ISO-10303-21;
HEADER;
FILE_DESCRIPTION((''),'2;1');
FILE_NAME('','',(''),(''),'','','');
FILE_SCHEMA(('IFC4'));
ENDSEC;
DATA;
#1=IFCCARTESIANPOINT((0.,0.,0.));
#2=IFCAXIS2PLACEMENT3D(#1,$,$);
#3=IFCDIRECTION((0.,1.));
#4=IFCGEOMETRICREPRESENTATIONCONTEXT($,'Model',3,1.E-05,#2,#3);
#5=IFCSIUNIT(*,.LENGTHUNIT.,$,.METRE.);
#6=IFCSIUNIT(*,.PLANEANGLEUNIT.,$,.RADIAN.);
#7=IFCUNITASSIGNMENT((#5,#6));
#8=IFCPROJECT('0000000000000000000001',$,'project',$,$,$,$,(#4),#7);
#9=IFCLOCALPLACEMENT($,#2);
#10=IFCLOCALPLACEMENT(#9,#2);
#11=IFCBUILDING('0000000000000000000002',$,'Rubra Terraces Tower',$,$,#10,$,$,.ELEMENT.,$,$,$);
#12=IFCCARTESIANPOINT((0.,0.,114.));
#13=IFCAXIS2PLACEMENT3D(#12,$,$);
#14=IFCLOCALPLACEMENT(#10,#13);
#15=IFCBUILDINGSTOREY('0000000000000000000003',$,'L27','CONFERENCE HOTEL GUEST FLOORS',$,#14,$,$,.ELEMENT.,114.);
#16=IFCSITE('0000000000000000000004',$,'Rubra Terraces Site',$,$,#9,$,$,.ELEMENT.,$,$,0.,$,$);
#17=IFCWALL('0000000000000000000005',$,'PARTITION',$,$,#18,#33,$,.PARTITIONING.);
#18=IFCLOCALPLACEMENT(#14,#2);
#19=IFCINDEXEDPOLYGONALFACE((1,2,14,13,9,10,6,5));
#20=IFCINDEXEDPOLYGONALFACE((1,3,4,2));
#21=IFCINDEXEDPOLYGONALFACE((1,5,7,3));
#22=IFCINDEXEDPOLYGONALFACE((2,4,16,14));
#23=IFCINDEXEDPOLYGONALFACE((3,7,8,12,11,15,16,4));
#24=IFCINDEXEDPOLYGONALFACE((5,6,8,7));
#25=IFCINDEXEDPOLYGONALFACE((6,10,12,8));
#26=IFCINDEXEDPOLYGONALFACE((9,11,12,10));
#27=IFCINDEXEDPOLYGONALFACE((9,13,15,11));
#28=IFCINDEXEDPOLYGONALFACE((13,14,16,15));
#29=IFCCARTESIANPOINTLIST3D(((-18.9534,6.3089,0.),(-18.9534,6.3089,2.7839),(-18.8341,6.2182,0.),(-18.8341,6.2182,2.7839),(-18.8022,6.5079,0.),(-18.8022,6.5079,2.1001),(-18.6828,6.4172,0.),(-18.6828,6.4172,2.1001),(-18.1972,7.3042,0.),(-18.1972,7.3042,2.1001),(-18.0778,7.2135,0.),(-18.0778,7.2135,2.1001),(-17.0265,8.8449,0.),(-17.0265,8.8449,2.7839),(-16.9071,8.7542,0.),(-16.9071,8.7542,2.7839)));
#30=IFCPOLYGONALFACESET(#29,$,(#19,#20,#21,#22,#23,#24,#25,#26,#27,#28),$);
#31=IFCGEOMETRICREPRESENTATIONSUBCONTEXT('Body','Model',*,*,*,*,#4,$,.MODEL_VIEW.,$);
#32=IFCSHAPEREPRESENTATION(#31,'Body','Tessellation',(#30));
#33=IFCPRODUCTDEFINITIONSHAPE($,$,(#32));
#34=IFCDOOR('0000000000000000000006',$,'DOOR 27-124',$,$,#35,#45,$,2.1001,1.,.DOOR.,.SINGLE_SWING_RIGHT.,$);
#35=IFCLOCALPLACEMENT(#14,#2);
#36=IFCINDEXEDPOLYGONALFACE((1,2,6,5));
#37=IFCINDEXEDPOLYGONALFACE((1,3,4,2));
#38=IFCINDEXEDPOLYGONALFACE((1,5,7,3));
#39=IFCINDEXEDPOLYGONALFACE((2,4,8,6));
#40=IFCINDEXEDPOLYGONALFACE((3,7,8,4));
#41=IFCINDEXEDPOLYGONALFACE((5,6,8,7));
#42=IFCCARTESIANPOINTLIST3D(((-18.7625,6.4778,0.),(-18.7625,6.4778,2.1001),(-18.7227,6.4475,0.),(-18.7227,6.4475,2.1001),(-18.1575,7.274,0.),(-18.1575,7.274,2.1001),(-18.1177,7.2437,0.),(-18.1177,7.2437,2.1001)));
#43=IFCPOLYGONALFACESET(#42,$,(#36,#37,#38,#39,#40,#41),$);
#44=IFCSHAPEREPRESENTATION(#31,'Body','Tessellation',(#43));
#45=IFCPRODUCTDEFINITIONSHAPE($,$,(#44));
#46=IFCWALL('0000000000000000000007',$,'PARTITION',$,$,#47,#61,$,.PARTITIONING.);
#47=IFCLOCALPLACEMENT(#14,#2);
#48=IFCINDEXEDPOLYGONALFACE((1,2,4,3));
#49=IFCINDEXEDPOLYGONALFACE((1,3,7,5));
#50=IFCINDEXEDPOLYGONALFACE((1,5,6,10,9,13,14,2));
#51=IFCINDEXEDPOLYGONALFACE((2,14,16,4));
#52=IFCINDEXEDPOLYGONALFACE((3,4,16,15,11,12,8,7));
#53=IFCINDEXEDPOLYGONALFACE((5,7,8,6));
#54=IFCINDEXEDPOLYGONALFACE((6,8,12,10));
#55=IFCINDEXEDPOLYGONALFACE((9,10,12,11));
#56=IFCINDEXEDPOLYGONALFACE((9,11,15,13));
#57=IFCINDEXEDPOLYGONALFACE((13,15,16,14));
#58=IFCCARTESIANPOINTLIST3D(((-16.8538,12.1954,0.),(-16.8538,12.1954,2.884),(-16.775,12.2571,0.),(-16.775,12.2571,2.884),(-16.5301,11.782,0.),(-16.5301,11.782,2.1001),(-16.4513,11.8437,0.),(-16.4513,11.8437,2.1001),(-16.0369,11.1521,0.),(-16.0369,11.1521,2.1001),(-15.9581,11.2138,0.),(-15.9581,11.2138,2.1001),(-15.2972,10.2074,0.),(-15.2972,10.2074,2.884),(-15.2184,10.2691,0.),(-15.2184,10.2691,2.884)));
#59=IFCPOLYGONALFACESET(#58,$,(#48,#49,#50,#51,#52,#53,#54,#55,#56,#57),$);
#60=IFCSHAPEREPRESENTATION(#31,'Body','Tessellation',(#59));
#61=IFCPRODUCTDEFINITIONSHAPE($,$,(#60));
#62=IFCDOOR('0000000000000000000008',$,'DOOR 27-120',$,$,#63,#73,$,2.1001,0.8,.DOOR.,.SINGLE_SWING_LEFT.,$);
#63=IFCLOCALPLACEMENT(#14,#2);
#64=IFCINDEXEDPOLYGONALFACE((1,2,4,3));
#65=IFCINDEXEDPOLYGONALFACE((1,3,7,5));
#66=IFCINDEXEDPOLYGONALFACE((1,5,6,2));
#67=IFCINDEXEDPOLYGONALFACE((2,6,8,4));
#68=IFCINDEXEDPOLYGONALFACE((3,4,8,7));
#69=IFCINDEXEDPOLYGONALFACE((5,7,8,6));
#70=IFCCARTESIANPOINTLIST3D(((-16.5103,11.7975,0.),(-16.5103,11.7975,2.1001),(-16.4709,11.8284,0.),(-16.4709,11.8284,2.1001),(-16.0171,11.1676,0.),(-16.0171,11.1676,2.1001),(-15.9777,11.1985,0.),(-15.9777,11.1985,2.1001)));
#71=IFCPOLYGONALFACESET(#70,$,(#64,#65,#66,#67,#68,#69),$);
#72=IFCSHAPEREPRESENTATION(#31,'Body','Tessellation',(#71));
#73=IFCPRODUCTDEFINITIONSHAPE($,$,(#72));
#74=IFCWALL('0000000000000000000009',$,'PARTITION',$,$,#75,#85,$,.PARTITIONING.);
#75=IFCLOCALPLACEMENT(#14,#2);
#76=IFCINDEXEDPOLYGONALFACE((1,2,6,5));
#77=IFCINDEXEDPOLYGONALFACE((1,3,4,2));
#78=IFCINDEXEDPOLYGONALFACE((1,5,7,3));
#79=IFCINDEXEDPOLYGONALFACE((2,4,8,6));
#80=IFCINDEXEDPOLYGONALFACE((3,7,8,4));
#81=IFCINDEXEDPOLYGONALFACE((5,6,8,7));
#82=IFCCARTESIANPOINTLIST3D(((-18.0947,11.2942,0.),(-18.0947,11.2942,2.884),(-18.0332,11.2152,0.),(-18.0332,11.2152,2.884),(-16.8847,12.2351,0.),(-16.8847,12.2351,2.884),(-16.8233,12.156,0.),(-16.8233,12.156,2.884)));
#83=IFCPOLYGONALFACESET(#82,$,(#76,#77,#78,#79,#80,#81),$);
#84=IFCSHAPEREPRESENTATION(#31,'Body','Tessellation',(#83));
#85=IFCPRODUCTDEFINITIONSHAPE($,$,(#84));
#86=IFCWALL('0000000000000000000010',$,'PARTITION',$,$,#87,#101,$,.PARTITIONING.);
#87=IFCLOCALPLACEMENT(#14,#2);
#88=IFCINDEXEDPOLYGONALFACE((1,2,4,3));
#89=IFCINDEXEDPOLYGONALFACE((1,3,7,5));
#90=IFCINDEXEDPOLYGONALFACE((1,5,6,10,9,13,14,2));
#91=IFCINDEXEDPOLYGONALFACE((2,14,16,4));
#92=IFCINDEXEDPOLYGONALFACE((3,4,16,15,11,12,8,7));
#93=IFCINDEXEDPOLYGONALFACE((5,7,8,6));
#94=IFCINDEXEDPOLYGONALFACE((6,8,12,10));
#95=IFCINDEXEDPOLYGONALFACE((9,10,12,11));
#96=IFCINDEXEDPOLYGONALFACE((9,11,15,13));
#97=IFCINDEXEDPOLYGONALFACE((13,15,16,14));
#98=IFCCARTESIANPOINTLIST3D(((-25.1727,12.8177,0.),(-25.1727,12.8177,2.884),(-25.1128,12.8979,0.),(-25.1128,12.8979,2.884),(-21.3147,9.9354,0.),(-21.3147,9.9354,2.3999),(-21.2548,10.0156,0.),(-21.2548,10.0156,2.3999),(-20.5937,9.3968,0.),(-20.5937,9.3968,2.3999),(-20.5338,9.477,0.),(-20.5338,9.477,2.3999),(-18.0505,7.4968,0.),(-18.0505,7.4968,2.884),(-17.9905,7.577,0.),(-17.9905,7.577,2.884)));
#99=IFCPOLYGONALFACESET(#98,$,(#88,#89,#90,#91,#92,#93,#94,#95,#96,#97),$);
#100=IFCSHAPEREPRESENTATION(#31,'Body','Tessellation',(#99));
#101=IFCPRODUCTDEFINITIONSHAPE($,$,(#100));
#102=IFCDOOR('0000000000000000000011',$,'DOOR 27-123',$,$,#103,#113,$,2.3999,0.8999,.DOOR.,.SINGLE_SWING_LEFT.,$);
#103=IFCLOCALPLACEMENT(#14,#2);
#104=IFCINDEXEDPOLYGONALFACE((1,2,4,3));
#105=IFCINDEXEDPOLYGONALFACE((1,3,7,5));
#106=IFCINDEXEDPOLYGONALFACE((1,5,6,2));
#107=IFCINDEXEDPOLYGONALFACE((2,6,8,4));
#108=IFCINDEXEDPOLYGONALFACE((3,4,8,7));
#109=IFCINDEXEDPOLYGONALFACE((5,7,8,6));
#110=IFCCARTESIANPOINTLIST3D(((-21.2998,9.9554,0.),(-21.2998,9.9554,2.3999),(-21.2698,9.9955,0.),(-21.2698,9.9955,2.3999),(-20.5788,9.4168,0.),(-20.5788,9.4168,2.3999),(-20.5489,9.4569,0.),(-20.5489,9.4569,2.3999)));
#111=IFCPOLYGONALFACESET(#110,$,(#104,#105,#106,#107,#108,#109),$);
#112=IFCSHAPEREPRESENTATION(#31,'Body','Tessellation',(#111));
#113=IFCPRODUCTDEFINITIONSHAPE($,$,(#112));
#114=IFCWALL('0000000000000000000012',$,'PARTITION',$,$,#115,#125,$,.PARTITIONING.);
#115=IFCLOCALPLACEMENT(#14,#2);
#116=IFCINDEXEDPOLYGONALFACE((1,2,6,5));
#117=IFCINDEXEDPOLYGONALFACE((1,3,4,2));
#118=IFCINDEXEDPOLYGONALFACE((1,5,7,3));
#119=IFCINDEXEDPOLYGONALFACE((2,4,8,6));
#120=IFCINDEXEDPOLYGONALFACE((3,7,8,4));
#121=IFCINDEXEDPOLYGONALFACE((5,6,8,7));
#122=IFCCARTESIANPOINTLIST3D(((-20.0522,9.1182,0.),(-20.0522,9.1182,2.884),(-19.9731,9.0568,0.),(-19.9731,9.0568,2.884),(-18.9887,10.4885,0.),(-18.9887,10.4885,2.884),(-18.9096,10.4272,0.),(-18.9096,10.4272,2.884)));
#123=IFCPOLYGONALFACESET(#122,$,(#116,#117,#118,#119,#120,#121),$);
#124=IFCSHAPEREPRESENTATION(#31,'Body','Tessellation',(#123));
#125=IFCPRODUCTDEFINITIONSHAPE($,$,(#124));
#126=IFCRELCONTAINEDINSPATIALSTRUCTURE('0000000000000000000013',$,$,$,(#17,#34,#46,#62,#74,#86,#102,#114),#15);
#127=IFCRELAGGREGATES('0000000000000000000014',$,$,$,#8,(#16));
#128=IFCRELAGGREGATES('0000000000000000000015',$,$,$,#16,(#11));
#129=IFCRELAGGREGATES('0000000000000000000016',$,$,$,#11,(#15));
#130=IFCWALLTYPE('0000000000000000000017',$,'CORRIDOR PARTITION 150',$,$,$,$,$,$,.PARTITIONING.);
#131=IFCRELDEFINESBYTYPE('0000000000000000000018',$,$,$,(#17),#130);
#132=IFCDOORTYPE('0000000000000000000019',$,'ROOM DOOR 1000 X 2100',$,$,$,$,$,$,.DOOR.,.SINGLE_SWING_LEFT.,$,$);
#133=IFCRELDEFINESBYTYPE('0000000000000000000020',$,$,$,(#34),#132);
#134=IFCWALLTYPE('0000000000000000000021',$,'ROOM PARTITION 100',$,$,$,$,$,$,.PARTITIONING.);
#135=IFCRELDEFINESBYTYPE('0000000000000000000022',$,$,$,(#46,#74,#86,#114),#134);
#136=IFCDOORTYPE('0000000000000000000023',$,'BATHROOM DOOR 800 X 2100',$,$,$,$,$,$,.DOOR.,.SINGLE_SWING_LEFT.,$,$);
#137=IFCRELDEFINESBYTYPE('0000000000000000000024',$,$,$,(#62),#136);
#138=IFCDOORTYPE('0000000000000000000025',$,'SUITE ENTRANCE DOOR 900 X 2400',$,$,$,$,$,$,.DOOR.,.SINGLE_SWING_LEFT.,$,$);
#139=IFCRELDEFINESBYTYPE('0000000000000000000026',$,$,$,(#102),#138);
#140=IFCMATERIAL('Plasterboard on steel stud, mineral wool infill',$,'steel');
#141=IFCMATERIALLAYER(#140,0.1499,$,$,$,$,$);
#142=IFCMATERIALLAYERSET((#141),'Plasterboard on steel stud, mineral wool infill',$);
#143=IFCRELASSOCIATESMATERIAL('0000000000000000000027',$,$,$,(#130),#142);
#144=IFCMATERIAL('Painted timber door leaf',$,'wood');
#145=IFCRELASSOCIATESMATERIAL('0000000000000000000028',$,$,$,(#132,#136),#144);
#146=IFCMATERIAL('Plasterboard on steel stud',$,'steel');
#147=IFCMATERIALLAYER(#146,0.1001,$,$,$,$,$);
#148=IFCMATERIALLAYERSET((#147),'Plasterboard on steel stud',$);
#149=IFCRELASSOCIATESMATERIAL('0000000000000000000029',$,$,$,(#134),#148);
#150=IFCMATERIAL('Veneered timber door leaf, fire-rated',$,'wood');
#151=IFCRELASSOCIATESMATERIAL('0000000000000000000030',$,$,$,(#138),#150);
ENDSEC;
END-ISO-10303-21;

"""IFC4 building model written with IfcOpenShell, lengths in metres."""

from ifc_helpers import new_model, si_unit, direction, frame, frame_2d, origin, place, context, subcontext, project, spatial, rectangle, extrude, material, layer, layer_set, type_object, element, fill, save


model = new_model("IFC4")

# Units and contexts
model_context = context("Model", 3, precision=1e-05, world=origin(), true_north=direction((0.0, 1.0)))
body_context = subcontext(model_context, "Body", "Model", "MODEL_VIEW")
ifc_project = project(units=[si_unit("LENGTHUNIT", "METRE"), si_unit("PLANEANGLEUNIT", "RADIAN")], contexts=[model_context])

# Site, building, storey
site_placement = place(None, origin())
site = spatial("IfcSite", under=ifc_project, at=site_placement, Name="Rubra Terraces Site", CompositionType="ELEMENT", RefElevation=0.0)
building_placement = place(site_placement, origin())
building = spatial("IfcBuilding", under=site, at=building_placement, Name="Rubra Terraces Tower", CompositionType="ELEMENT")
storey_placement = place(building_placement, frame((0.0, 0.0, 114.0)))
storey = spatial("IfcBuildingStorey", under=building, at=storey_placement, Name="L27", Description="CONFERENCE HOTEL GUEST FLOORS", CompositionType="ELEMENT", Elevation=114.0)

# Shared definitions
ifc_material_1 = material(Name="Plasterboard on steel stud, mineral wool infill", Category="steel")
ifc_layer_1 = layer(ifc_material_1, 0.1499)
ifc_layer_set_1 = layer_set([ifc_layer_1], Name="Plasterboard on steel stud, mineral wool infill")
wall_type_1 = type_object("IfcWallType", Name="CORRIDOR PARTITION 150", PredefinedType="PARTITIONING", material=ifc_layer_set_1)

# Walls, openings, doors
wall_1_placement = place(storey_placement, frame((-16.9668, 8.7996, 0.0), z_axis=(0.0, 0.0, 1.0), x_axis=(-0.604992, -0.796232, 0.0)))
wall_1 = element("IfcWall", 1, at=wall_1_placement, inside=storey, type_object=wall_type_1, Name="PARTITION", PredefinedType="PARTITIONING", context=body_context, shape_type="SweptSolid", body=[
    extrude(rectangle(XDim=3.1851, YDim=0.1499, at=frame_2d((1.5925, 0.0))), origin(), (0.0, 0.0, 1.0), 2.7839),
])
opening_1_placement = place(wall_1_placement, frame((1.9351, 0.0, 0.0)))
opening_1 = element("IfcOpeningElement", 2, at=opening_1_placement, cuts=wall_1, PredefinedType="OPENING", context=body_context, shape_type="SweptSolid", body=[
    extrude(rectangle(XDim=1.0, YDim=2.1001, at=frame_2d((0.5, 1.05))), frame((0.0, 0.085, 0.0), z_axis=(0.0, -1.0, 0.0), x_axis=(1.0, 0.0, 0.0)), (0.0, 0.0, 1.0), 0.1699),
])
ifc_material_2 = material(Name="Painted timber door leaf", Category="wood")
door_type_1 = type_object("IfcDoorType", Name="ROOM DOOR 1000 X 2100", OperationType="SINGLE_SWING_LEFT", PredefinedType="DOOR", material=ifc_material_2)
door_1_placement = place(opening_1_placement, origin())
door_1 = element("IfcDoor", 3, at=door_1_placement, inside=storey, type_object=door_type_1, Name="DOOR 27-124", OperationType="SINGLE_SWING_RIGHT", OverallHeight=2.1001, OverallWidth=1.0, PredefinedType="DOOR", context=body_context, shape_type="SweptSolid", body=[
    extrude(rectangle(XDim=1.0, YDim=2.1001, at=frame_2d((0.5, 1.05))), frame((0.0, 0.0249, 0.0), z_axis=(0.0, -1.0, 0.0), x_axis=(1.0, 0.0, 0.0)), (0.0, 0.0, 1.0), 0.05),
])
fill(opening_1, door_1)
ifc_material_3 = material(Name="Plasterboard on steel stud", Category="steel")
ifc_layer_2 = layer(ifc_material_3, 0.1001)
ifc_layer_set_2 = layer_set([ifc_layer_2], Name="Plasterboard on steel stud")
wall_type_2 = type_object("IfcWallType", Name="ROOM PARTITION 100", PredefinedType="PARTITIONING", material=ifc_layer_set_2)
wall_2_placement = place(storey_placement, frame((-15.2578, 10.2383, 0.0), z_axis=(0.0, 0.0, 1.0), x_axis=(-0.616501, 0.787354, 0.0)))
wall_2 = element("IfcWall", 4, at=wall_2_placement, inside=storey, type_object=wall_type_2, Name="PARTITION", PredefinedType="PARTITIONING", context=body_context, shape_type="SweptSolid", body=[
    extrude(rectangle(XDim=2.5249, YDim=0.1001, at=frame_2d((1.2625, 0.0))), origin(), (0.0, 0.0, 1.0), 2.884),
])
opening_2_placement = place(wall_2_placement, frame((1.2, 0.0, 0.0)))
opening_2 = element("IfcOpeningElement", 5, at=opening_2_placement, cuts=wall_2, PredefinedType="OPENING", context=body_context, shape_type="SweptSolid", body=[
    extrude(rectangle(XDim=0.8, YDim=2.1001, at=frame_2d((0.3999, 1.05))), frame((0.0, 0.0601, 0.0), z_axis=(0.0, -1.0, 0.0), x_axis=(1.0, 0.0, 0.0)), (0.0, 0.0, 1.0), 0.1201),
])
door_type_2 = type_object("IfcDoorType", Name="BATHROOM DOOR 800 X 2100", OperationType="SINGLE_SWING_LEFT", PredefinedType="DOOR", material=ifc_material_2)
door_2_placement = place(opening_2_placement, origin())
door_2 = element("IfcDoor", 6, at=door_2_placement, inside=storey, type_object=door_type_2, Name="DOOR 27-120", OperationType="SINGLE_SWING_LEFT", OverallHeight=2.1001, OverallWidth=0.8, PredefinedType="DOOR", context=body_context, shape_type="SweptSolid", body=[
    extrude(rectangle(XDim=0.8, YDim=2.1001, at=frame_2d((0.3999, 1.05))), frame((0.0, 0.0249, 0.0), z_axis=(0.0, -1.0, 0.0), x_axis=(1.0, 0.0, 0.0)), (0.0, 0.0, 1.0), 0.05),
])
fill(opening_2, door_2)

# Wall
wall_3_placement = place(storey_placement, frame((-16.854, 12.1956, 0.0), z_axis=(0.0, 0.0, 1.0), x_axis=(-0.789404, -0.613874, 0.0)))
element("IfcWall", 7, at=wall_3_placement, inside=storey, type_object=wall_type_2, Name="PARTITION", PredefinedType="PARTITIONING", context=body_context, shape_type="SweptSolid", body=[
    extrude(rectangle(XDim=1.5327, YDim=0.1001, at=frame_2d((0.7664, 0.0))), origin(), (0.0, 0.0, 1.0), 2.884),
])

# Wall, opening, door
wall_4_placement = place(storey_placement, frame((-25.1428, 12.8579, 0.0), z_axis=(0.0, 0.0, 1.0), x_axis=(0.801116, -0.598509, 0.0)))
wall_4 = element("IfcWall", 8, at=wall_4_placement, inside=storey, type_object=wall_type_2, Name="PARTITION", PredefinedType="PARTITIONING", context=body_context, shape_type="SweptSolid", body=[
    extrude(rectangle(XDim=8.8904, YDim=0.1001, at=frame_2d((4.4453, 0.0))), origin(), (0.0, 0.0, 1.0), 2.884),
])
opening_3_placement = place(wall_4_placement, frame((4.8159, 0.0, 0.0)))
opening_3 = element("IfcOpeningElement", 9, at=opening_3_placement, cuts=wall_4, PredefinedType="OPENING", context=body_context, shape_type="SweptSolid", body=[
    extrude(rectangle(XDim=0.8999, YDim=2.3999, at=frame_2d((0.45, 1.2))), frame((0.0, 0.0601, 0.0), z_axis=(0.0, -1.0, 0.0), x_axis=(1.0, 0.0, 0.0)), (0.0, 0.0, 1.0), 0.1201),
])
ifc_material_4 = material(Name="Veneered timber door leaf, fire-rated", Category="wood")
door_type_3 = type_object("IfcDoorType", Name="SUITE ENTRANCE DOOR 900 X 2400", OperationType="SINGLE_SWING_LEFT", PredefinedType="DOOR", material=ifc_material_4)
door_3_placement = place(opening_3_placement, origin())
door_3 = element("IfcDoor", 10, at=door_3_placement, inside=storey, type_object=door_type_3, Name="DOOR 27-123", OperationType="SINGLE_SWING_LEFT", OverallHeight=2.3999, OverallWidth=0.8999, PredefinedType="DOOR", context=body_context, shape_type="SweptSolid", body=[
    extrude(rectangle(XDim=0.8999, YDim=2.3999, at=frame_2d((0.45, 1.2))), frame((0.0, 0.0249, 0.0), z_axis=(0.0, -1.0, 0.0), x_axis=(1.0, 0.0, 0.0)), (0.0, 0.0, 1.0), 0.05),
])
fill(opening_3, door_3)

# Wall
wall_5_placement = place(storey_placement, frame((-18.9492, 10.4578, 0.0), z_axis=(0.0, 0.0, 1.0), x_axis=(-0.613093, -0.790011, 0.0)))
element("IfcWall", 11, at=wall_5_placement, inside=storey, type_object=wall_type_2, Name="PARTITION", PredefinedType="PARTITIONING", context=body_context, shape_type="SweptSolid", body=[
    extrude(rectangle(XDim=1.7346, YDim=0.1001, at=frame_2d((0.8672, 0.0))), origin(), (0.0, 0.0, 1.0), 2.884),
])

save(model, "model.ifc")
